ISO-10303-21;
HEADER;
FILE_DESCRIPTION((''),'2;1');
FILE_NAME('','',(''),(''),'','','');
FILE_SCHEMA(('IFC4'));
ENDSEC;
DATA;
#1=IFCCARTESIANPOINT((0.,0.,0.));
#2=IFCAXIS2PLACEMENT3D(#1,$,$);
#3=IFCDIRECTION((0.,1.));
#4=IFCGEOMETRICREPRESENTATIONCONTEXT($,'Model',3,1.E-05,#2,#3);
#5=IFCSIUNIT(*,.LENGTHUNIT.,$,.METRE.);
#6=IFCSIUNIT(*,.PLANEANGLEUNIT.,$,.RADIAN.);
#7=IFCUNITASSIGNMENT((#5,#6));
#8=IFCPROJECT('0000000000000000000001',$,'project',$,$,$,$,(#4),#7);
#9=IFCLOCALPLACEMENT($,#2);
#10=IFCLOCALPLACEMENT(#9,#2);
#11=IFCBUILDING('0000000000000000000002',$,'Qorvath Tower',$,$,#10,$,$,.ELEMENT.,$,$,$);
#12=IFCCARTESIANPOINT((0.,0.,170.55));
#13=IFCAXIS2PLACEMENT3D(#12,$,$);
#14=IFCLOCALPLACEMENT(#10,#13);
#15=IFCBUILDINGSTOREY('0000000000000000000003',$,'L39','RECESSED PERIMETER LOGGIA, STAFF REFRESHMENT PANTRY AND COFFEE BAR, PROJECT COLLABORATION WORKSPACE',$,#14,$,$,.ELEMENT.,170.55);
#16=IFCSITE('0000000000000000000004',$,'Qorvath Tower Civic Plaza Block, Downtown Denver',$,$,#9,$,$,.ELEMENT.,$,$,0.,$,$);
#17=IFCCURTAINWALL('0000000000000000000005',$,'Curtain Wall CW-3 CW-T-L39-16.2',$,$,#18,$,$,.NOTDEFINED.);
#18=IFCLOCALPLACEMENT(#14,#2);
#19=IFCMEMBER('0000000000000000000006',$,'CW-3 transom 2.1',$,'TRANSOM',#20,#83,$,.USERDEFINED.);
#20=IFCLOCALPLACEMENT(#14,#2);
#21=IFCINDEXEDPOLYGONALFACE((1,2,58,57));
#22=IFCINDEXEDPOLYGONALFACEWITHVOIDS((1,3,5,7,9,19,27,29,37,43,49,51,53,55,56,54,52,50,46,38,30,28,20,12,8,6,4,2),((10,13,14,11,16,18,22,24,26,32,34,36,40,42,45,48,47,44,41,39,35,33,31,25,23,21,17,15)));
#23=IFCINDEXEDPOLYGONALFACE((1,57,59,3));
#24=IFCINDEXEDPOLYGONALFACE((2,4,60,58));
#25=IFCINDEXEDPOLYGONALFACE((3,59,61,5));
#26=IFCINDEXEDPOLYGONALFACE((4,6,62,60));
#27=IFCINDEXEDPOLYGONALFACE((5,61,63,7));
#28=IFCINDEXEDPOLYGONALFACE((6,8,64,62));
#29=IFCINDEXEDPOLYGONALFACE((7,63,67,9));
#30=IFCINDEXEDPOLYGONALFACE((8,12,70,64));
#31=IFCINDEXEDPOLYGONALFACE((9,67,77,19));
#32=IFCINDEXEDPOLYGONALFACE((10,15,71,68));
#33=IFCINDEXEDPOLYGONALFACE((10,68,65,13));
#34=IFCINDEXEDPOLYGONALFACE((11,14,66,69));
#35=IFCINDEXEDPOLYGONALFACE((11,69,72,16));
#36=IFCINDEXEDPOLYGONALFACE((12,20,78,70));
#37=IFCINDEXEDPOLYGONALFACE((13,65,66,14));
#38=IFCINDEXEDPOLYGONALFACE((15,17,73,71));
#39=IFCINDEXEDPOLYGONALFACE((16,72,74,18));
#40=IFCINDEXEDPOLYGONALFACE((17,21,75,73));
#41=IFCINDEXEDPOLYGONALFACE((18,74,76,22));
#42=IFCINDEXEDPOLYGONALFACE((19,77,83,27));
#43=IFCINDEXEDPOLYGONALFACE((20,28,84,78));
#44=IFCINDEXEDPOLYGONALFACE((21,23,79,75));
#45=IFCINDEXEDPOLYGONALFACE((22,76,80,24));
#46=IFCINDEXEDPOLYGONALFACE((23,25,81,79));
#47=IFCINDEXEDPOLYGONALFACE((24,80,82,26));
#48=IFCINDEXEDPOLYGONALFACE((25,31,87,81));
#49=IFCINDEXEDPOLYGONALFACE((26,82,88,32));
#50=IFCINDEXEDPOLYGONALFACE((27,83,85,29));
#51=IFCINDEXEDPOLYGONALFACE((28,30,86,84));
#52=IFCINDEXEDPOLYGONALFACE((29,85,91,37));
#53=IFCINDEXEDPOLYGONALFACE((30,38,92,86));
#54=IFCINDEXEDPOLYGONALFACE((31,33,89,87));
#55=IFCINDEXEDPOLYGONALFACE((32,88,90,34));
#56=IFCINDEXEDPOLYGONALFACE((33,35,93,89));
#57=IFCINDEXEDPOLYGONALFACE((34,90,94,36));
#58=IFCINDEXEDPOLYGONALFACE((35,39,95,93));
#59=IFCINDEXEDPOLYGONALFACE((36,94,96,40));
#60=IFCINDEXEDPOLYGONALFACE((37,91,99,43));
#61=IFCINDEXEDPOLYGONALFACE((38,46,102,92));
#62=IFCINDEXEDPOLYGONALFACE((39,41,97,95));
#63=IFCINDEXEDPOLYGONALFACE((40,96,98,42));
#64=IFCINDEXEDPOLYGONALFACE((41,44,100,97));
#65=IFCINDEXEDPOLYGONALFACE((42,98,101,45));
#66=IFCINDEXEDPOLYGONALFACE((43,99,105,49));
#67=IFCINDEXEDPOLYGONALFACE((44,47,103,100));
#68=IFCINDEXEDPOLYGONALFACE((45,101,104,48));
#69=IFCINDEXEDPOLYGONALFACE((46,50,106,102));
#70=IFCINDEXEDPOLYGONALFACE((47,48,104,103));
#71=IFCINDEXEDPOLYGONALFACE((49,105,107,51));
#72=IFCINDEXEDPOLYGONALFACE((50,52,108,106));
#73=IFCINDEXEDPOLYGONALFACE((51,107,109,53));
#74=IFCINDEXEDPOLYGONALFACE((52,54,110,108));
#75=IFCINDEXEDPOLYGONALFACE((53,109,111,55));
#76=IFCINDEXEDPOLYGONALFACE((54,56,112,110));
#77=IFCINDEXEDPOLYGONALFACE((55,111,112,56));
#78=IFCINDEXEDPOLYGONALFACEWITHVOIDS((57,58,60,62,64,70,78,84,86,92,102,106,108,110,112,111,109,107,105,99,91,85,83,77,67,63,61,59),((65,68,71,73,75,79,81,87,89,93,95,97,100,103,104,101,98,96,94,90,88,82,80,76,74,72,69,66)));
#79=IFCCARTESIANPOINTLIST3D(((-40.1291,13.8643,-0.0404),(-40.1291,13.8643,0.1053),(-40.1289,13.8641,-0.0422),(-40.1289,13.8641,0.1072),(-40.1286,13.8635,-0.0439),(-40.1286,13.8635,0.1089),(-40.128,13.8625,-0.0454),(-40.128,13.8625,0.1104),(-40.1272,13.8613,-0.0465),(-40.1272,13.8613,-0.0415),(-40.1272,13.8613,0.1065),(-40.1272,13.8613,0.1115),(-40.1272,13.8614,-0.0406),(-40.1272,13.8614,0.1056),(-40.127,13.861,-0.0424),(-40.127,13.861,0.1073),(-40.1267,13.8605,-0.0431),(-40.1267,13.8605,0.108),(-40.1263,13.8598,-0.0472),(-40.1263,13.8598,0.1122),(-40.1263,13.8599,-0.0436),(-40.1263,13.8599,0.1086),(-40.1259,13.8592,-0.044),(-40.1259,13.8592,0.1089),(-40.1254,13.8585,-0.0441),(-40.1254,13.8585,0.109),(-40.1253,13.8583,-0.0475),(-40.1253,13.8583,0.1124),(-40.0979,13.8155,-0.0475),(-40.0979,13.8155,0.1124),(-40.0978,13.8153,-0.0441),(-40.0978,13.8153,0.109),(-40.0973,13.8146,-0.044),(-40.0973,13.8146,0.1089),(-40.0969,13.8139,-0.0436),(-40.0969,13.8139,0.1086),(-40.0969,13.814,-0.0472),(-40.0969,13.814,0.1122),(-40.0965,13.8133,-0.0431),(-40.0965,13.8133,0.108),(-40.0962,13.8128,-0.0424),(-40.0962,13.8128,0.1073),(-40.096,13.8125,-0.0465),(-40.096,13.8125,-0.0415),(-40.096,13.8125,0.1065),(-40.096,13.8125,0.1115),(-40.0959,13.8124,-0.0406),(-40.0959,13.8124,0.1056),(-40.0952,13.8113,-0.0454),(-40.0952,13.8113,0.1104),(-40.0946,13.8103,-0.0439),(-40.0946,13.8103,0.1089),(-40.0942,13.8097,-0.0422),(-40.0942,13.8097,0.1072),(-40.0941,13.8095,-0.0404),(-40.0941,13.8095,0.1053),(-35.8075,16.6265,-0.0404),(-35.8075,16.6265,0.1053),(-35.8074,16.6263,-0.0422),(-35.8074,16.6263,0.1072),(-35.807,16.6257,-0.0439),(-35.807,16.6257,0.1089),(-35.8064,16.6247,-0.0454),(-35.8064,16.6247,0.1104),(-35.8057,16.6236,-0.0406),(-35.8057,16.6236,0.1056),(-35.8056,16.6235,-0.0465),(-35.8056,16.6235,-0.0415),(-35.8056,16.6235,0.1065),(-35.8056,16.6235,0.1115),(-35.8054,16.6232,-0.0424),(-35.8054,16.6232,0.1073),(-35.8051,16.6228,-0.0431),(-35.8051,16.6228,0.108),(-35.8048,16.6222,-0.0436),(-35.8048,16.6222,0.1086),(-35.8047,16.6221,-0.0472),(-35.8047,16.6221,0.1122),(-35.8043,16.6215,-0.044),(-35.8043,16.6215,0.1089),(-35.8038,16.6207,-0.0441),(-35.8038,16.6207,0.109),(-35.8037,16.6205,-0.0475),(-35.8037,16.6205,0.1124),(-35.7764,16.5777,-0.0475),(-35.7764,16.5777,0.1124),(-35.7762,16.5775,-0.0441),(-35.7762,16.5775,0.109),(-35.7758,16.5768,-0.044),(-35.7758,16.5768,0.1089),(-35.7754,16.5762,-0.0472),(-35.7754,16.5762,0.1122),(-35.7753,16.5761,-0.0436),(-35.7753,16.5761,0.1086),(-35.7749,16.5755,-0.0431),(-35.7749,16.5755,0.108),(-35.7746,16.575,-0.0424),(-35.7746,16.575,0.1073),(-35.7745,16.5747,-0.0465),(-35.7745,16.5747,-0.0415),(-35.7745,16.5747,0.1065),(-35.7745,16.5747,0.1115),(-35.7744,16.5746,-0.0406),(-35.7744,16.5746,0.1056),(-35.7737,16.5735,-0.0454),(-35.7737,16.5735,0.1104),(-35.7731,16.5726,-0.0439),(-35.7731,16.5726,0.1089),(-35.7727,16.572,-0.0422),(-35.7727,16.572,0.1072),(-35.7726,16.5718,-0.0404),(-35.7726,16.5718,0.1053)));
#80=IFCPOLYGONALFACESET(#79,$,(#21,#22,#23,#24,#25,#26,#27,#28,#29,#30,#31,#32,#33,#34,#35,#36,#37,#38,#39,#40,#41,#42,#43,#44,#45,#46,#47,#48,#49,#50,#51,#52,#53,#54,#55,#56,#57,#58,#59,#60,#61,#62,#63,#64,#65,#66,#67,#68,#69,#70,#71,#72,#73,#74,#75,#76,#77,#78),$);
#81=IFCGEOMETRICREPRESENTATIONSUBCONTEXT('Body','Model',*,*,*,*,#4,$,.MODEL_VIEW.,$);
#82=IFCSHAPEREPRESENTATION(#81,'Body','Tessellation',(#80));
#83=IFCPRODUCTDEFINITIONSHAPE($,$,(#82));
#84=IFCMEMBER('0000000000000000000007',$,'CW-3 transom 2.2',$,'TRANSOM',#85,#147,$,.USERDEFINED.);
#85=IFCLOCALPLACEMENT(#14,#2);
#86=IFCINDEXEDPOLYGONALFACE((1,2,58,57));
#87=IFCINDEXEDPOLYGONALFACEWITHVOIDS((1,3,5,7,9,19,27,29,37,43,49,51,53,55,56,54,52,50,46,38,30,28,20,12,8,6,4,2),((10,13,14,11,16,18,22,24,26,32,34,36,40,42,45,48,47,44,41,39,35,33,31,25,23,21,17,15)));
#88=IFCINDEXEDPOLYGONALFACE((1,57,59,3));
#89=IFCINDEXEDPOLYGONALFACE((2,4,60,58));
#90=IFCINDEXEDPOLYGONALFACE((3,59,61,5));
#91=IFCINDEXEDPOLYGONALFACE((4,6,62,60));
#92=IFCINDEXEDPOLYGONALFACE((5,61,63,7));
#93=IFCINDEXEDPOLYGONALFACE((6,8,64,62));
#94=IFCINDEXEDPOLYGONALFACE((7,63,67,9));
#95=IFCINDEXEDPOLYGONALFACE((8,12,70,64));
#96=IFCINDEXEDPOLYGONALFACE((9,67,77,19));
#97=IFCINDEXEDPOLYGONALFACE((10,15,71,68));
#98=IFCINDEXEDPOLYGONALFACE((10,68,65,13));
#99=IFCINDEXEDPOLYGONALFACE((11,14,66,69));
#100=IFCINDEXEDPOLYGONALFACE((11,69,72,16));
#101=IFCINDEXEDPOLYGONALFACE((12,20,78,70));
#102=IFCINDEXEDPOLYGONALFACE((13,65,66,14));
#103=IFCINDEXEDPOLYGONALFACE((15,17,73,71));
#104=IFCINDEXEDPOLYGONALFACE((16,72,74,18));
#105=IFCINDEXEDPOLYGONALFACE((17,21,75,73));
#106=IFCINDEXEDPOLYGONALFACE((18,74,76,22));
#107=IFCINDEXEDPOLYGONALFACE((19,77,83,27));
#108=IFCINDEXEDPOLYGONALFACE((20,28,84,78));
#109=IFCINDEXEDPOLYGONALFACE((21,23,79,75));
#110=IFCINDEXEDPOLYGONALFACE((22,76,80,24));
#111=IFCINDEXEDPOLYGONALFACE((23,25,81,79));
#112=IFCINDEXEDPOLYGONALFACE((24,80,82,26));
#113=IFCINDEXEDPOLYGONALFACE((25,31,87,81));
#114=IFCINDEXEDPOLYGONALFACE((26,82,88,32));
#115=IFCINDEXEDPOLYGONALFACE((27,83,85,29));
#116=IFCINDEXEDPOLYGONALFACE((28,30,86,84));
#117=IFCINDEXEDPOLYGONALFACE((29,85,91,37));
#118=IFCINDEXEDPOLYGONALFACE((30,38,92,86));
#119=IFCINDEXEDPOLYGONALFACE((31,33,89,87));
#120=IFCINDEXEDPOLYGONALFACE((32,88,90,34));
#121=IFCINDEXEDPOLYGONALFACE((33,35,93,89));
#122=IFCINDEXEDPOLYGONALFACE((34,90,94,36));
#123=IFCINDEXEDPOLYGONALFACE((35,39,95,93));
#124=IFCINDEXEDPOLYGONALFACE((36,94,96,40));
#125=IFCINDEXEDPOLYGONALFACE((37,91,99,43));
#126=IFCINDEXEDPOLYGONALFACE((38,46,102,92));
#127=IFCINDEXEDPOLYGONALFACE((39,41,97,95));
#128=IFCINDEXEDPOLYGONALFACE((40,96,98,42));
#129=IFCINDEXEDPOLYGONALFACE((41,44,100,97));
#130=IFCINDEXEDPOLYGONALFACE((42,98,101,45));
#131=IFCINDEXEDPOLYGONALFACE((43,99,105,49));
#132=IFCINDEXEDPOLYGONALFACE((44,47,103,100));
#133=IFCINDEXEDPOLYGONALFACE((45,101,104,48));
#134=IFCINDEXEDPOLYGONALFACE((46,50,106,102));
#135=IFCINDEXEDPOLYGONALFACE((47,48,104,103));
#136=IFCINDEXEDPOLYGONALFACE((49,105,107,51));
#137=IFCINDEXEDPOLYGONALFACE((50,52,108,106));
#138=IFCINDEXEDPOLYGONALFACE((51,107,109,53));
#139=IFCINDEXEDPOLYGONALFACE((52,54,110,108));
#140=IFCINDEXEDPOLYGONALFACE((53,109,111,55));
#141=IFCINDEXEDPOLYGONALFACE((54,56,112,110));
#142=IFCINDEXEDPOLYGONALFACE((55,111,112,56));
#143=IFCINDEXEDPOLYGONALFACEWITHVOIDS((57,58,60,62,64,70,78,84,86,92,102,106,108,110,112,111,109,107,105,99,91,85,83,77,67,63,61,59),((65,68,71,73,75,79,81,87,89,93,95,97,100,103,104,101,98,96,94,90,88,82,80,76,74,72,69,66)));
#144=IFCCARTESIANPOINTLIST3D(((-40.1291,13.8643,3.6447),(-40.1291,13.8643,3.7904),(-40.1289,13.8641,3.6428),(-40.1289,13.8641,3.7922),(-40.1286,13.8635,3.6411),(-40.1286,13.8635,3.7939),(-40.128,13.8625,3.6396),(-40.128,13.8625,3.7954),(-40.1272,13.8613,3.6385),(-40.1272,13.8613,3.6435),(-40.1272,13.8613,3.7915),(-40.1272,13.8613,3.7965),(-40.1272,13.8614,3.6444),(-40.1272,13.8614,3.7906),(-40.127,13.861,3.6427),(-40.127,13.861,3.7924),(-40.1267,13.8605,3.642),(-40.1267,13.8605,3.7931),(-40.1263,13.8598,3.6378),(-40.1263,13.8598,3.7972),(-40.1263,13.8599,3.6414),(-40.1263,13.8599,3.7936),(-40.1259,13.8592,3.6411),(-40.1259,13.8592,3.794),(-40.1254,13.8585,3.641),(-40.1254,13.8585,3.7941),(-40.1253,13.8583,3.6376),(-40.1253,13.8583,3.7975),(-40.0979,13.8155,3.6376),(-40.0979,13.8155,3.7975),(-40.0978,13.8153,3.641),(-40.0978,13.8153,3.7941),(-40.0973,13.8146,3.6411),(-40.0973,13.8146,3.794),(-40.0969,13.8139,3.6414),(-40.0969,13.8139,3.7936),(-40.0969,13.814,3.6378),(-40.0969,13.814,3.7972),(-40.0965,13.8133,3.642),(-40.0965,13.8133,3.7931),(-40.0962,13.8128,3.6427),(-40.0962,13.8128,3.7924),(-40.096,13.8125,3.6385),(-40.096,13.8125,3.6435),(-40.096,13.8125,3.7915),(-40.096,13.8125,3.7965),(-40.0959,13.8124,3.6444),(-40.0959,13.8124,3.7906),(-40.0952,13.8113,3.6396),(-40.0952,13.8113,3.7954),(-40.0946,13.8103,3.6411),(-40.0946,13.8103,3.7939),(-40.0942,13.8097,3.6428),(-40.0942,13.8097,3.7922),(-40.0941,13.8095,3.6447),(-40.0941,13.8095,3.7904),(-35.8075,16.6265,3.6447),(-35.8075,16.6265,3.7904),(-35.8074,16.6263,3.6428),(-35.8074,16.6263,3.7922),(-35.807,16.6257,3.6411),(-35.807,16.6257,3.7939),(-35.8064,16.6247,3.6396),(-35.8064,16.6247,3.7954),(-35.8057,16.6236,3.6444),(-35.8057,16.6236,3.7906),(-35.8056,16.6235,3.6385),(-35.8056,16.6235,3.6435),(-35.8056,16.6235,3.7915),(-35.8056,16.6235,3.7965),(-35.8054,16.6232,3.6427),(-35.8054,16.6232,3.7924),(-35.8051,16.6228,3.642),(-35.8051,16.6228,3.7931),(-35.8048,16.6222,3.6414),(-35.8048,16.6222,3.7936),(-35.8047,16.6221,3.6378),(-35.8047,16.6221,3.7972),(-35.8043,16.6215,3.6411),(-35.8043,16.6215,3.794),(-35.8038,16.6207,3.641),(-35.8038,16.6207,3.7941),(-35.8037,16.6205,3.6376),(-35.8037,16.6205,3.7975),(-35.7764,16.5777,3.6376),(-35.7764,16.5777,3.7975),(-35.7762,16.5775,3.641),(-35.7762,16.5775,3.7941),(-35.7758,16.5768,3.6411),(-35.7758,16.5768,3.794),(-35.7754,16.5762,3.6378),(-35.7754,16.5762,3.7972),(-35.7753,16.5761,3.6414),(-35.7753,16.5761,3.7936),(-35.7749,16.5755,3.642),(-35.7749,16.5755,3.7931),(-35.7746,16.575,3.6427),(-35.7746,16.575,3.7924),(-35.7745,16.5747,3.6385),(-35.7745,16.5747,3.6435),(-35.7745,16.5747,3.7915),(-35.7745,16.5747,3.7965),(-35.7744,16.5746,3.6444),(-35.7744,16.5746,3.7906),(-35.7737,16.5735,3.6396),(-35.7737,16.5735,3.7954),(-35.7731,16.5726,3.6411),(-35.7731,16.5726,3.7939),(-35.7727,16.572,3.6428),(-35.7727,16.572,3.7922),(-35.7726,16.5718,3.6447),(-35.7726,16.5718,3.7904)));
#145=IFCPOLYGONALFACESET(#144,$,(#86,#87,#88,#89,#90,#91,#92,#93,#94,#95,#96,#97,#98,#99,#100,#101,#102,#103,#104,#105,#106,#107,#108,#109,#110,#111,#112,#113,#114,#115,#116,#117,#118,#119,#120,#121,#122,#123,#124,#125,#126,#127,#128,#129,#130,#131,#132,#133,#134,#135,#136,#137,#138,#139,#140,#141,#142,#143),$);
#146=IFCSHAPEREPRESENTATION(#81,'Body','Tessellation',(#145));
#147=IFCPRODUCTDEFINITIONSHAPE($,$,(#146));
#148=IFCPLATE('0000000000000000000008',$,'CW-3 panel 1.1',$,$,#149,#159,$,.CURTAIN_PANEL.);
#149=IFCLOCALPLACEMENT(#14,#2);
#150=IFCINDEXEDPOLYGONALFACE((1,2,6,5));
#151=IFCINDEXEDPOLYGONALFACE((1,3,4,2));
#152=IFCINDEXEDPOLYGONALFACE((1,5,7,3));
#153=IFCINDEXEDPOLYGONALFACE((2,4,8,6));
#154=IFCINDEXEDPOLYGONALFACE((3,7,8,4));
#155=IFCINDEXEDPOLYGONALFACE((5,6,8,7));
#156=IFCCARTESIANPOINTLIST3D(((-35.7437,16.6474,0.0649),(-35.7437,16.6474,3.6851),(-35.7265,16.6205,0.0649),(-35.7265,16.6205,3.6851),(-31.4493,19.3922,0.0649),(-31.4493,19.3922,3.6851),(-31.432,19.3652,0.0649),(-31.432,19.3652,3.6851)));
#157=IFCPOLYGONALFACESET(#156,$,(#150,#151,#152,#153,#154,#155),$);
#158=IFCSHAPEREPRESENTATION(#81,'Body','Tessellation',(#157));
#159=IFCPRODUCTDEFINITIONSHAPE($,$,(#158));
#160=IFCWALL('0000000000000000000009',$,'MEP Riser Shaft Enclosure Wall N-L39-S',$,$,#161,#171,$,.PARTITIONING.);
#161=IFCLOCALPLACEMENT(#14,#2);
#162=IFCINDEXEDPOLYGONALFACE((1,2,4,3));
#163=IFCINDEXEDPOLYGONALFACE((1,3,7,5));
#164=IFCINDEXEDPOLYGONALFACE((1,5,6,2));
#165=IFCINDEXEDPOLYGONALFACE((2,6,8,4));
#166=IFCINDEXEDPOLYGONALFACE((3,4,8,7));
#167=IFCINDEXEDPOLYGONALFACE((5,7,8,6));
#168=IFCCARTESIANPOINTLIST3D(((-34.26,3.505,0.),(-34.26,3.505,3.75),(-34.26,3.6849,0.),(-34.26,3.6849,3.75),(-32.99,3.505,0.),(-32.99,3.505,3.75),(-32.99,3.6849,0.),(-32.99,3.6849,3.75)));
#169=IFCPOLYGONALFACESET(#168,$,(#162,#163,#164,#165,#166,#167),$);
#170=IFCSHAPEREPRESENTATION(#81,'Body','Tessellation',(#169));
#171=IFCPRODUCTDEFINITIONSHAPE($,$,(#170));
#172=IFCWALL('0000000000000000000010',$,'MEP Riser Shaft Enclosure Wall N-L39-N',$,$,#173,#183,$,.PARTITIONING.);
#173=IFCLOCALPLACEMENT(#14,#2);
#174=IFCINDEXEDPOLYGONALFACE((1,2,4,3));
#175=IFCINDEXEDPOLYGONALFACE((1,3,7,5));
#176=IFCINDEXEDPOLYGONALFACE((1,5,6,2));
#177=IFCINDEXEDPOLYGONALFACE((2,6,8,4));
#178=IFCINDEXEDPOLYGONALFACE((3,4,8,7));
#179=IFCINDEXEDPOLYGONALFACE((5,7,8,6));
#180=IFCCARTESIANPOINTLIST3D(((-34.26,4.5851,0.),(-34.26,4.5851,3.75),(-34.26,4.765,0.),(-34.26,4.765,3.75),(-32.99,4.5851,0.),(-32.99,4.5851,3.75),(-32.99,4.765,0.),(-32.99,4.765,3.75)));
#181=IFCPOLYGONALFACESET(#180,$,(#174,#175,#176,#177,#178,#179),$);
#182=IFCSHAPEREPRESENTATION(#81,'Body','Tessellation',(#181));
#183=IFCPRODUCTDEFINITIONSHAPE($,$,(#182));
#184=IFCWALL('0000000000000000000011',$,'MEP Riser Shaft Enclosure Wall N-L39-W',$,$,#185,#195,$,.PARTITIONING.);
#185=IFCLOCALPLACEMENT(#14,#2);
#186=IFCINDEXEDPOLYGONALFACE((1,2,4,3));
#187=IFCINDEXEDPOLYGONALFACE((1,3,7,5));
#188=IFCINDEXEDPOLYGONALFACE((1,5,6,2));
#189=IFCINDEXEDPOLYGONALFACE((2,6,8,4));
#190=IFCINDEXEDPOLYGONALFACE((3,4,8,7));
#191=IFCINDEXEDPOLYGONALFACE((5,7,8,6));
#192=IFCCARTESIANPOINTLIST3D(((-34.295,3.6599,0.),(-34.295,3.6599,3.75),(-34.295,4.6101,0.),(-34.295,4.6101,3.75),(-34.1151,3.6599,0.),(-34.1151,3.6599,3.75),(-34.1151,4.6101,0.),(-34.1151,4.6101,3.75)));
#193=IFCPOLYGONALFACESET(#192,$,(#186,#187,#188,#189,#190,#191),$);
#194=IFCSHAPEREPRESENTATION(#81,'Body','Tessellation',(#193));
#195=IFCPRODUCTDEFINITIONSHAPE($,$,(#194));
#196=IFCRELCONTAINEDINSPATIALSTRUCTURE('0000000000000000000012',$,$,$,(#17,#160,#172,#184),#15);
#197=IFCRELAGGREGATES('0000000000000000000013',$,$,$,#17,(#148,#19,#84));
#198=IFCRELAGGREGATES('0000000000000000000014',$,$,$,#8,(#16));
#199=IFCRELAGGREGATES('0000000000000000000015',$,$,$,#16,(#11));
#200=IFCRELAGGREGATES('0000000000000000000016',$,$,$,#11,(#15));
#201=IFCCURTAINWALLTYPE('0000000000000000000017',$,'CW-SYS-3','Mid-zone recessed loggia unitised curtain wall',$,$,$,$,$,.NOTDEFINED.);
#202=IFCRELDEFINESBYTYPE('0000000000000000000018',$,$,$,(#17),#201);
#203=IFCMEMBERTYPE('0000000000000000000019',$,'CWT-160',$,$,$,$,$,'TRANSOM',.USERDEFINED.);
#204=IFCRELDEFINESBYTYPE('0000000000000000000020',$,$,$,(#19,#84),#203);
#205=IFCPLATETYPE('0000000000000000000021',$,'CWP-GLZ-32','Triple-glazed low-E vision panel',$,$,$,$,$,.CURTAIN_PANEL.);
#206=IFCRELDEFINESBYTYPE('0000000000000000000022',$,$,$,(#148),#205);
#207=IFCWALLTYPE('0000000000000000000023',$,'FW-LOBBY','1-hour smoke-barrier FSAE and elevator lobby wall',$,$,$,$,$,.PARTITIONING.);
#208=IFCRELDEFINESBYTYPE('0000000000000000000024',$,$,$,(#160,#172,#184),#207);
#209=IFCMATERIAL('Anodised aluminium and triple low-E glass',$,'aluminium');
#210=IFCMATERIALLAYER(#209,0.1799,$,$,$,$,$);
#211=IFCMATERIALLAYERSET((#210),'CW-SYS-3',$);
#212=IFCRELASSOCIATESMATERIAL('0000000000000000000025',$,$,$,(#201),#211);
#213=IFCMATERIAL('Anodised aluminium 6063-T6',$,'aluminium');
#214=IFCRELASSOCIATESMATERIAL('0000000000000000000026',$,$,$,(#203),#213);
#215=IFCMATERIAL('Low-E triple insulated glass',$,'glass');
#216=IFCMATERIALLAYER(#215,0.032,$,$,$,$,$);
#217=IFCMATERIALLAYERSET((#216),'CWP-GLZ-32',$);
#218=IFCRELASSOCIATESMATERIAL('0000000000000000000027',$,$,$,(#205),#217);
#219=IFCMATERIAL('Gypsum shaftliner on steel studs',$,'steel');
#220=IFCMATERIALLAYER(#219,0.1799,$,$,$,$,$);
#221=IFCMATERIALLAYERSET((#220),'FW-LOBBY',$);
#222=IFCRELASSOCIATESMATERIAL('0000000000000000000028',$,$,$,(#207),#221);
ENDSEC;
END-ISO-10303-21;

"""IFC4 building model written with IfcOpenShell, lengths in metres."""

from ifc_helpers import new_model, si_unit, direction, frame, frame_2d, origin, origin_2d, place, context, subcontext, project, spatial, rectangle, hollow_rectangle, extrude, material, layer, layer_set, material_profile, profile_set, type_object, element, aggregate, save


model = new_model("IFC4")

# Units and contexts
model_context = context("Model", 3, precision=1e-05, world=origin(), true_north=direction((0.0, 1.0)))
body_context = subcontext(model_context, "Body", "Model", "MODEL_VIEW")
ifc_project = project(units=[si_unit("LENGTHUNIT", "METRE"), si_unit("PLANEANGLEUNIT", "RADIAN")], contexts=[model_context])

# Site, building, storey
site_placement = place(None, origin())
site = spatial("IfcSite", under=ifc_project, at=site_placement, Name="Qorvath Tower Civic Plaza Block, Downtown Denver", CompositionType="ELEMENT", RefElevation=0.0)
building_placement = place(site_placement, origin())
building = spatial("IfcBuilding", under=site, at=building_placement, Name="Qorvath Tower", CompositionType="ELEMENT")
storey_placement = place(building_placement, frame((0.0, 0.0, 170.55)))
storey = spatial("IfcBuildingStorey", under=building, at=storey_placement, Name="L39", Description="RECESSED PERIMETER LOGGIA, STAFF REFRESHMENT PANTRY AND COFFEE BAR, PROJECT COLLABORATION WORKSPACE", CompositionType="ELEMENT", Elevation=170.55)

# Curtain wall, members, plate
ifc_material_1 = material(Name="Anodised aluminium and triple low-E glass", Category="aluminium")
ifc_layer_1 = layer(ifc_material_1, 0.1799)
ifc_layer_set_1 = layer_set([ifc_layer_1], Name="CW-SYS-3")
curtain_wall_type = type_object("IfcCurtainWallType", Name="CW-SYS-3", Description="Mid-zone recessed loggia unitised curtain wall", PredefinedType="NOTDEFINED", material=ifc_layer_set_1)
curtain_wall_placement = place(storey_placement, origin())
curtain_wall = element("IfcCurtainWall", 1, at=curtain_wall_placement, inside=storey, type_object=curtain_wall_type, Name="Curtain Wall CW-3 CW-T-L39-16.2", PredefinedType="NOTDEFINED")
ifc_material_2 = material(Name="Anodised aluminium 6063-T6", Category="aluminium")
ifc_material_profile_1 = material_profile(ifc_material_2, hollow_rectangle(XDim=0.0649, YDim=0.1599, WallThickness=0.0034, InnerFilletRadius=0.0034, OuterFilletRadius=0.0071, at=origin_2d()), Name="CWT 160x65")
ifc_profile_set_1 = profile_set([ifc_material_profile_1], Name="Anodised aluminium 6063-T6")
member_type_1 = type_object("IfcMemberType", Name="CWT-160", ElementType="TRANSOM", PredefinedType="USERDEFINED", material=ifc_profile_set_1)
member_1_placement = place(storey_placement, frame((-35.79, 16.5991, 0.0325), z_axis=(-0.842588, -0.538559, 0.0), x_axis=(0.538559, -0.842588, 0.0)))
member_1 = element("IfcMember", 2, at=member_1_placement, type_object=member_type_1, Name="CW-3 transom 2.1", ObjectType="TRANSOM", PredefinedType="USERDEFINED", context=body_context, shape_type="SweptSolid", body=[
    extrude(hollow_rectangle(XDim=0.0649, YDim=0.1599, WallThickness=0.0034, InnerFilletRadius=0.0034, OuterFilletRadius=0.0071, at=origin_2d()), origin(), (0.0, 0.0, 1.0), 5.1289),
])
member_2_placement = place(storey_placement, frame((-35.79, 16.5991, 3.7175), z_axis=(-0.842588, -0.538559, 0.0), x_axis=(0.538559, -0.842588, 0.0)))
member_2 = element("IfcMember", 3, at=member_2_placement, type_object=member_type_1, Name="CW-3 transom 2.2", ObjectType="TRANSOM", PredefinedType="USERDEFINED", context=body_context, shape_type="SweptSolid", body=[
    extrude(hollow_rectangle(XDim=0.0649, YDim=0.1599, WallThickness=0.0034, InnerFilletRadius=0.0034, OuterFilletRadius=0.0071, at=origin_2d()), origin(), (0.0, 0.0, 1.0), 5.1289),
])
ifc_material_3 = material(Name="Low-E triple insulated glass", Category="glass")
ifc_layer_2 = layer(ifc_material_3, 0.032)
ifc_layer_set_2 = layer_set([ifc_layer_2], Name="CWP-GLZ-32")
plate_type = type_object("IfcPlateType", Name="CWP-GLZ-32", Description="Triple-glazed low-E vision panel", PredefinedType="CURTAIN_PANEL", material=ifc_layer_set_2)
plate_placement = place(storey_placement, frame((-33.5879, 18.0063, 0.0649), z_axis=(0.0, 0.0, 1.0), x_axis=(-0.842602, -0.538537, 0.0)))
plate = element("IfcPlate", 4, at=plate_placement, type_object=plate_type, Name="CW-3 panel 1.1", PredefinedType="CURTAIN_PANEL", context=body_context, shape_type="SweptSolid", body=[
    extrude(rectangle(XDim=5.0967, YDim=0.032, at=origin_2d()), origin(), (0.0, 0.0, 1.0), 3.6201),
])
aggregate(curtain_wall, [plate, member_1, member_2])

# Walls
ifc_material_4 = material(Name="Gypsum shaftliner on steel studs", Category="steel")
ifc_layer_3 = layer(ifc_material_4, 0.1799)
ifc_layer_set_3 = layer_set([ifc_layer_3], Name="FW-LOBBY")
wall_type_1 = type_object("IfcWallType", Name="FW-LOBBY", Description="1-hour smoke-barrier FSAE and elevator lobby wall", PredefinedType="PARTITIONING", material=ifc_layer_set_3)
for number, where, z_axis, x_axis, name in (
    (5, (-32.99, 3.595, 0.0), (0.0, 0.0, 1.0), (-1.0, 0.0, 0.0), "MEP Riser Shaft Enclosure Wall N-L39-S"),
    (6, (-34.26, 4.675, 0.0), (0.0, 0.0, 1.0), (1.0, 0.0, 0.0), "MEP Riser Shaft Enclosure Wall N-L39-N"),
):
    element("IfcWall", number, at=place(storey_placement, frame(where, z_axis=z_axis, x_axis=x_axis)), inside=storey, type_object=wall_type_1, Name=name, PredefinedType="PARTITIONING", context=body_context, shape_type="SweptSolid", body=[
        extrude(rectangle(XDim=1.27, YDim=0.1799, at=frame_2d((0.635, 0.0))), origin(), (0.0, 0.0, 1.0), 3.75),
    ])
for number, where, z_axis, x_axis, name in (
    (7, (-34.2051, 3.6599, 0.0), (0.0, 0.0, 1.0), (0.0, 1.0, 0.0), "MEP Riser Shaft Enclosure Wall N-L39-W"),
):
    element("IfcWall", number, at=place(storey_placement, frame(where, z_axis=z_axis, x_axis=x_axis)), inside=storey, type_object=wall_type_1, Name=name, PredefinedType="PARTITIONING", context=body_context, shape_type="SweptSolid", body=[
        extrude(rectangle(XDim=0.9502, YDim=0.1799, at=frame_2d((0.4751, 0.0))), origin(), (0.0, 0.0, 1.0), 3.75),
    ])

save(model, "model.ifc")
